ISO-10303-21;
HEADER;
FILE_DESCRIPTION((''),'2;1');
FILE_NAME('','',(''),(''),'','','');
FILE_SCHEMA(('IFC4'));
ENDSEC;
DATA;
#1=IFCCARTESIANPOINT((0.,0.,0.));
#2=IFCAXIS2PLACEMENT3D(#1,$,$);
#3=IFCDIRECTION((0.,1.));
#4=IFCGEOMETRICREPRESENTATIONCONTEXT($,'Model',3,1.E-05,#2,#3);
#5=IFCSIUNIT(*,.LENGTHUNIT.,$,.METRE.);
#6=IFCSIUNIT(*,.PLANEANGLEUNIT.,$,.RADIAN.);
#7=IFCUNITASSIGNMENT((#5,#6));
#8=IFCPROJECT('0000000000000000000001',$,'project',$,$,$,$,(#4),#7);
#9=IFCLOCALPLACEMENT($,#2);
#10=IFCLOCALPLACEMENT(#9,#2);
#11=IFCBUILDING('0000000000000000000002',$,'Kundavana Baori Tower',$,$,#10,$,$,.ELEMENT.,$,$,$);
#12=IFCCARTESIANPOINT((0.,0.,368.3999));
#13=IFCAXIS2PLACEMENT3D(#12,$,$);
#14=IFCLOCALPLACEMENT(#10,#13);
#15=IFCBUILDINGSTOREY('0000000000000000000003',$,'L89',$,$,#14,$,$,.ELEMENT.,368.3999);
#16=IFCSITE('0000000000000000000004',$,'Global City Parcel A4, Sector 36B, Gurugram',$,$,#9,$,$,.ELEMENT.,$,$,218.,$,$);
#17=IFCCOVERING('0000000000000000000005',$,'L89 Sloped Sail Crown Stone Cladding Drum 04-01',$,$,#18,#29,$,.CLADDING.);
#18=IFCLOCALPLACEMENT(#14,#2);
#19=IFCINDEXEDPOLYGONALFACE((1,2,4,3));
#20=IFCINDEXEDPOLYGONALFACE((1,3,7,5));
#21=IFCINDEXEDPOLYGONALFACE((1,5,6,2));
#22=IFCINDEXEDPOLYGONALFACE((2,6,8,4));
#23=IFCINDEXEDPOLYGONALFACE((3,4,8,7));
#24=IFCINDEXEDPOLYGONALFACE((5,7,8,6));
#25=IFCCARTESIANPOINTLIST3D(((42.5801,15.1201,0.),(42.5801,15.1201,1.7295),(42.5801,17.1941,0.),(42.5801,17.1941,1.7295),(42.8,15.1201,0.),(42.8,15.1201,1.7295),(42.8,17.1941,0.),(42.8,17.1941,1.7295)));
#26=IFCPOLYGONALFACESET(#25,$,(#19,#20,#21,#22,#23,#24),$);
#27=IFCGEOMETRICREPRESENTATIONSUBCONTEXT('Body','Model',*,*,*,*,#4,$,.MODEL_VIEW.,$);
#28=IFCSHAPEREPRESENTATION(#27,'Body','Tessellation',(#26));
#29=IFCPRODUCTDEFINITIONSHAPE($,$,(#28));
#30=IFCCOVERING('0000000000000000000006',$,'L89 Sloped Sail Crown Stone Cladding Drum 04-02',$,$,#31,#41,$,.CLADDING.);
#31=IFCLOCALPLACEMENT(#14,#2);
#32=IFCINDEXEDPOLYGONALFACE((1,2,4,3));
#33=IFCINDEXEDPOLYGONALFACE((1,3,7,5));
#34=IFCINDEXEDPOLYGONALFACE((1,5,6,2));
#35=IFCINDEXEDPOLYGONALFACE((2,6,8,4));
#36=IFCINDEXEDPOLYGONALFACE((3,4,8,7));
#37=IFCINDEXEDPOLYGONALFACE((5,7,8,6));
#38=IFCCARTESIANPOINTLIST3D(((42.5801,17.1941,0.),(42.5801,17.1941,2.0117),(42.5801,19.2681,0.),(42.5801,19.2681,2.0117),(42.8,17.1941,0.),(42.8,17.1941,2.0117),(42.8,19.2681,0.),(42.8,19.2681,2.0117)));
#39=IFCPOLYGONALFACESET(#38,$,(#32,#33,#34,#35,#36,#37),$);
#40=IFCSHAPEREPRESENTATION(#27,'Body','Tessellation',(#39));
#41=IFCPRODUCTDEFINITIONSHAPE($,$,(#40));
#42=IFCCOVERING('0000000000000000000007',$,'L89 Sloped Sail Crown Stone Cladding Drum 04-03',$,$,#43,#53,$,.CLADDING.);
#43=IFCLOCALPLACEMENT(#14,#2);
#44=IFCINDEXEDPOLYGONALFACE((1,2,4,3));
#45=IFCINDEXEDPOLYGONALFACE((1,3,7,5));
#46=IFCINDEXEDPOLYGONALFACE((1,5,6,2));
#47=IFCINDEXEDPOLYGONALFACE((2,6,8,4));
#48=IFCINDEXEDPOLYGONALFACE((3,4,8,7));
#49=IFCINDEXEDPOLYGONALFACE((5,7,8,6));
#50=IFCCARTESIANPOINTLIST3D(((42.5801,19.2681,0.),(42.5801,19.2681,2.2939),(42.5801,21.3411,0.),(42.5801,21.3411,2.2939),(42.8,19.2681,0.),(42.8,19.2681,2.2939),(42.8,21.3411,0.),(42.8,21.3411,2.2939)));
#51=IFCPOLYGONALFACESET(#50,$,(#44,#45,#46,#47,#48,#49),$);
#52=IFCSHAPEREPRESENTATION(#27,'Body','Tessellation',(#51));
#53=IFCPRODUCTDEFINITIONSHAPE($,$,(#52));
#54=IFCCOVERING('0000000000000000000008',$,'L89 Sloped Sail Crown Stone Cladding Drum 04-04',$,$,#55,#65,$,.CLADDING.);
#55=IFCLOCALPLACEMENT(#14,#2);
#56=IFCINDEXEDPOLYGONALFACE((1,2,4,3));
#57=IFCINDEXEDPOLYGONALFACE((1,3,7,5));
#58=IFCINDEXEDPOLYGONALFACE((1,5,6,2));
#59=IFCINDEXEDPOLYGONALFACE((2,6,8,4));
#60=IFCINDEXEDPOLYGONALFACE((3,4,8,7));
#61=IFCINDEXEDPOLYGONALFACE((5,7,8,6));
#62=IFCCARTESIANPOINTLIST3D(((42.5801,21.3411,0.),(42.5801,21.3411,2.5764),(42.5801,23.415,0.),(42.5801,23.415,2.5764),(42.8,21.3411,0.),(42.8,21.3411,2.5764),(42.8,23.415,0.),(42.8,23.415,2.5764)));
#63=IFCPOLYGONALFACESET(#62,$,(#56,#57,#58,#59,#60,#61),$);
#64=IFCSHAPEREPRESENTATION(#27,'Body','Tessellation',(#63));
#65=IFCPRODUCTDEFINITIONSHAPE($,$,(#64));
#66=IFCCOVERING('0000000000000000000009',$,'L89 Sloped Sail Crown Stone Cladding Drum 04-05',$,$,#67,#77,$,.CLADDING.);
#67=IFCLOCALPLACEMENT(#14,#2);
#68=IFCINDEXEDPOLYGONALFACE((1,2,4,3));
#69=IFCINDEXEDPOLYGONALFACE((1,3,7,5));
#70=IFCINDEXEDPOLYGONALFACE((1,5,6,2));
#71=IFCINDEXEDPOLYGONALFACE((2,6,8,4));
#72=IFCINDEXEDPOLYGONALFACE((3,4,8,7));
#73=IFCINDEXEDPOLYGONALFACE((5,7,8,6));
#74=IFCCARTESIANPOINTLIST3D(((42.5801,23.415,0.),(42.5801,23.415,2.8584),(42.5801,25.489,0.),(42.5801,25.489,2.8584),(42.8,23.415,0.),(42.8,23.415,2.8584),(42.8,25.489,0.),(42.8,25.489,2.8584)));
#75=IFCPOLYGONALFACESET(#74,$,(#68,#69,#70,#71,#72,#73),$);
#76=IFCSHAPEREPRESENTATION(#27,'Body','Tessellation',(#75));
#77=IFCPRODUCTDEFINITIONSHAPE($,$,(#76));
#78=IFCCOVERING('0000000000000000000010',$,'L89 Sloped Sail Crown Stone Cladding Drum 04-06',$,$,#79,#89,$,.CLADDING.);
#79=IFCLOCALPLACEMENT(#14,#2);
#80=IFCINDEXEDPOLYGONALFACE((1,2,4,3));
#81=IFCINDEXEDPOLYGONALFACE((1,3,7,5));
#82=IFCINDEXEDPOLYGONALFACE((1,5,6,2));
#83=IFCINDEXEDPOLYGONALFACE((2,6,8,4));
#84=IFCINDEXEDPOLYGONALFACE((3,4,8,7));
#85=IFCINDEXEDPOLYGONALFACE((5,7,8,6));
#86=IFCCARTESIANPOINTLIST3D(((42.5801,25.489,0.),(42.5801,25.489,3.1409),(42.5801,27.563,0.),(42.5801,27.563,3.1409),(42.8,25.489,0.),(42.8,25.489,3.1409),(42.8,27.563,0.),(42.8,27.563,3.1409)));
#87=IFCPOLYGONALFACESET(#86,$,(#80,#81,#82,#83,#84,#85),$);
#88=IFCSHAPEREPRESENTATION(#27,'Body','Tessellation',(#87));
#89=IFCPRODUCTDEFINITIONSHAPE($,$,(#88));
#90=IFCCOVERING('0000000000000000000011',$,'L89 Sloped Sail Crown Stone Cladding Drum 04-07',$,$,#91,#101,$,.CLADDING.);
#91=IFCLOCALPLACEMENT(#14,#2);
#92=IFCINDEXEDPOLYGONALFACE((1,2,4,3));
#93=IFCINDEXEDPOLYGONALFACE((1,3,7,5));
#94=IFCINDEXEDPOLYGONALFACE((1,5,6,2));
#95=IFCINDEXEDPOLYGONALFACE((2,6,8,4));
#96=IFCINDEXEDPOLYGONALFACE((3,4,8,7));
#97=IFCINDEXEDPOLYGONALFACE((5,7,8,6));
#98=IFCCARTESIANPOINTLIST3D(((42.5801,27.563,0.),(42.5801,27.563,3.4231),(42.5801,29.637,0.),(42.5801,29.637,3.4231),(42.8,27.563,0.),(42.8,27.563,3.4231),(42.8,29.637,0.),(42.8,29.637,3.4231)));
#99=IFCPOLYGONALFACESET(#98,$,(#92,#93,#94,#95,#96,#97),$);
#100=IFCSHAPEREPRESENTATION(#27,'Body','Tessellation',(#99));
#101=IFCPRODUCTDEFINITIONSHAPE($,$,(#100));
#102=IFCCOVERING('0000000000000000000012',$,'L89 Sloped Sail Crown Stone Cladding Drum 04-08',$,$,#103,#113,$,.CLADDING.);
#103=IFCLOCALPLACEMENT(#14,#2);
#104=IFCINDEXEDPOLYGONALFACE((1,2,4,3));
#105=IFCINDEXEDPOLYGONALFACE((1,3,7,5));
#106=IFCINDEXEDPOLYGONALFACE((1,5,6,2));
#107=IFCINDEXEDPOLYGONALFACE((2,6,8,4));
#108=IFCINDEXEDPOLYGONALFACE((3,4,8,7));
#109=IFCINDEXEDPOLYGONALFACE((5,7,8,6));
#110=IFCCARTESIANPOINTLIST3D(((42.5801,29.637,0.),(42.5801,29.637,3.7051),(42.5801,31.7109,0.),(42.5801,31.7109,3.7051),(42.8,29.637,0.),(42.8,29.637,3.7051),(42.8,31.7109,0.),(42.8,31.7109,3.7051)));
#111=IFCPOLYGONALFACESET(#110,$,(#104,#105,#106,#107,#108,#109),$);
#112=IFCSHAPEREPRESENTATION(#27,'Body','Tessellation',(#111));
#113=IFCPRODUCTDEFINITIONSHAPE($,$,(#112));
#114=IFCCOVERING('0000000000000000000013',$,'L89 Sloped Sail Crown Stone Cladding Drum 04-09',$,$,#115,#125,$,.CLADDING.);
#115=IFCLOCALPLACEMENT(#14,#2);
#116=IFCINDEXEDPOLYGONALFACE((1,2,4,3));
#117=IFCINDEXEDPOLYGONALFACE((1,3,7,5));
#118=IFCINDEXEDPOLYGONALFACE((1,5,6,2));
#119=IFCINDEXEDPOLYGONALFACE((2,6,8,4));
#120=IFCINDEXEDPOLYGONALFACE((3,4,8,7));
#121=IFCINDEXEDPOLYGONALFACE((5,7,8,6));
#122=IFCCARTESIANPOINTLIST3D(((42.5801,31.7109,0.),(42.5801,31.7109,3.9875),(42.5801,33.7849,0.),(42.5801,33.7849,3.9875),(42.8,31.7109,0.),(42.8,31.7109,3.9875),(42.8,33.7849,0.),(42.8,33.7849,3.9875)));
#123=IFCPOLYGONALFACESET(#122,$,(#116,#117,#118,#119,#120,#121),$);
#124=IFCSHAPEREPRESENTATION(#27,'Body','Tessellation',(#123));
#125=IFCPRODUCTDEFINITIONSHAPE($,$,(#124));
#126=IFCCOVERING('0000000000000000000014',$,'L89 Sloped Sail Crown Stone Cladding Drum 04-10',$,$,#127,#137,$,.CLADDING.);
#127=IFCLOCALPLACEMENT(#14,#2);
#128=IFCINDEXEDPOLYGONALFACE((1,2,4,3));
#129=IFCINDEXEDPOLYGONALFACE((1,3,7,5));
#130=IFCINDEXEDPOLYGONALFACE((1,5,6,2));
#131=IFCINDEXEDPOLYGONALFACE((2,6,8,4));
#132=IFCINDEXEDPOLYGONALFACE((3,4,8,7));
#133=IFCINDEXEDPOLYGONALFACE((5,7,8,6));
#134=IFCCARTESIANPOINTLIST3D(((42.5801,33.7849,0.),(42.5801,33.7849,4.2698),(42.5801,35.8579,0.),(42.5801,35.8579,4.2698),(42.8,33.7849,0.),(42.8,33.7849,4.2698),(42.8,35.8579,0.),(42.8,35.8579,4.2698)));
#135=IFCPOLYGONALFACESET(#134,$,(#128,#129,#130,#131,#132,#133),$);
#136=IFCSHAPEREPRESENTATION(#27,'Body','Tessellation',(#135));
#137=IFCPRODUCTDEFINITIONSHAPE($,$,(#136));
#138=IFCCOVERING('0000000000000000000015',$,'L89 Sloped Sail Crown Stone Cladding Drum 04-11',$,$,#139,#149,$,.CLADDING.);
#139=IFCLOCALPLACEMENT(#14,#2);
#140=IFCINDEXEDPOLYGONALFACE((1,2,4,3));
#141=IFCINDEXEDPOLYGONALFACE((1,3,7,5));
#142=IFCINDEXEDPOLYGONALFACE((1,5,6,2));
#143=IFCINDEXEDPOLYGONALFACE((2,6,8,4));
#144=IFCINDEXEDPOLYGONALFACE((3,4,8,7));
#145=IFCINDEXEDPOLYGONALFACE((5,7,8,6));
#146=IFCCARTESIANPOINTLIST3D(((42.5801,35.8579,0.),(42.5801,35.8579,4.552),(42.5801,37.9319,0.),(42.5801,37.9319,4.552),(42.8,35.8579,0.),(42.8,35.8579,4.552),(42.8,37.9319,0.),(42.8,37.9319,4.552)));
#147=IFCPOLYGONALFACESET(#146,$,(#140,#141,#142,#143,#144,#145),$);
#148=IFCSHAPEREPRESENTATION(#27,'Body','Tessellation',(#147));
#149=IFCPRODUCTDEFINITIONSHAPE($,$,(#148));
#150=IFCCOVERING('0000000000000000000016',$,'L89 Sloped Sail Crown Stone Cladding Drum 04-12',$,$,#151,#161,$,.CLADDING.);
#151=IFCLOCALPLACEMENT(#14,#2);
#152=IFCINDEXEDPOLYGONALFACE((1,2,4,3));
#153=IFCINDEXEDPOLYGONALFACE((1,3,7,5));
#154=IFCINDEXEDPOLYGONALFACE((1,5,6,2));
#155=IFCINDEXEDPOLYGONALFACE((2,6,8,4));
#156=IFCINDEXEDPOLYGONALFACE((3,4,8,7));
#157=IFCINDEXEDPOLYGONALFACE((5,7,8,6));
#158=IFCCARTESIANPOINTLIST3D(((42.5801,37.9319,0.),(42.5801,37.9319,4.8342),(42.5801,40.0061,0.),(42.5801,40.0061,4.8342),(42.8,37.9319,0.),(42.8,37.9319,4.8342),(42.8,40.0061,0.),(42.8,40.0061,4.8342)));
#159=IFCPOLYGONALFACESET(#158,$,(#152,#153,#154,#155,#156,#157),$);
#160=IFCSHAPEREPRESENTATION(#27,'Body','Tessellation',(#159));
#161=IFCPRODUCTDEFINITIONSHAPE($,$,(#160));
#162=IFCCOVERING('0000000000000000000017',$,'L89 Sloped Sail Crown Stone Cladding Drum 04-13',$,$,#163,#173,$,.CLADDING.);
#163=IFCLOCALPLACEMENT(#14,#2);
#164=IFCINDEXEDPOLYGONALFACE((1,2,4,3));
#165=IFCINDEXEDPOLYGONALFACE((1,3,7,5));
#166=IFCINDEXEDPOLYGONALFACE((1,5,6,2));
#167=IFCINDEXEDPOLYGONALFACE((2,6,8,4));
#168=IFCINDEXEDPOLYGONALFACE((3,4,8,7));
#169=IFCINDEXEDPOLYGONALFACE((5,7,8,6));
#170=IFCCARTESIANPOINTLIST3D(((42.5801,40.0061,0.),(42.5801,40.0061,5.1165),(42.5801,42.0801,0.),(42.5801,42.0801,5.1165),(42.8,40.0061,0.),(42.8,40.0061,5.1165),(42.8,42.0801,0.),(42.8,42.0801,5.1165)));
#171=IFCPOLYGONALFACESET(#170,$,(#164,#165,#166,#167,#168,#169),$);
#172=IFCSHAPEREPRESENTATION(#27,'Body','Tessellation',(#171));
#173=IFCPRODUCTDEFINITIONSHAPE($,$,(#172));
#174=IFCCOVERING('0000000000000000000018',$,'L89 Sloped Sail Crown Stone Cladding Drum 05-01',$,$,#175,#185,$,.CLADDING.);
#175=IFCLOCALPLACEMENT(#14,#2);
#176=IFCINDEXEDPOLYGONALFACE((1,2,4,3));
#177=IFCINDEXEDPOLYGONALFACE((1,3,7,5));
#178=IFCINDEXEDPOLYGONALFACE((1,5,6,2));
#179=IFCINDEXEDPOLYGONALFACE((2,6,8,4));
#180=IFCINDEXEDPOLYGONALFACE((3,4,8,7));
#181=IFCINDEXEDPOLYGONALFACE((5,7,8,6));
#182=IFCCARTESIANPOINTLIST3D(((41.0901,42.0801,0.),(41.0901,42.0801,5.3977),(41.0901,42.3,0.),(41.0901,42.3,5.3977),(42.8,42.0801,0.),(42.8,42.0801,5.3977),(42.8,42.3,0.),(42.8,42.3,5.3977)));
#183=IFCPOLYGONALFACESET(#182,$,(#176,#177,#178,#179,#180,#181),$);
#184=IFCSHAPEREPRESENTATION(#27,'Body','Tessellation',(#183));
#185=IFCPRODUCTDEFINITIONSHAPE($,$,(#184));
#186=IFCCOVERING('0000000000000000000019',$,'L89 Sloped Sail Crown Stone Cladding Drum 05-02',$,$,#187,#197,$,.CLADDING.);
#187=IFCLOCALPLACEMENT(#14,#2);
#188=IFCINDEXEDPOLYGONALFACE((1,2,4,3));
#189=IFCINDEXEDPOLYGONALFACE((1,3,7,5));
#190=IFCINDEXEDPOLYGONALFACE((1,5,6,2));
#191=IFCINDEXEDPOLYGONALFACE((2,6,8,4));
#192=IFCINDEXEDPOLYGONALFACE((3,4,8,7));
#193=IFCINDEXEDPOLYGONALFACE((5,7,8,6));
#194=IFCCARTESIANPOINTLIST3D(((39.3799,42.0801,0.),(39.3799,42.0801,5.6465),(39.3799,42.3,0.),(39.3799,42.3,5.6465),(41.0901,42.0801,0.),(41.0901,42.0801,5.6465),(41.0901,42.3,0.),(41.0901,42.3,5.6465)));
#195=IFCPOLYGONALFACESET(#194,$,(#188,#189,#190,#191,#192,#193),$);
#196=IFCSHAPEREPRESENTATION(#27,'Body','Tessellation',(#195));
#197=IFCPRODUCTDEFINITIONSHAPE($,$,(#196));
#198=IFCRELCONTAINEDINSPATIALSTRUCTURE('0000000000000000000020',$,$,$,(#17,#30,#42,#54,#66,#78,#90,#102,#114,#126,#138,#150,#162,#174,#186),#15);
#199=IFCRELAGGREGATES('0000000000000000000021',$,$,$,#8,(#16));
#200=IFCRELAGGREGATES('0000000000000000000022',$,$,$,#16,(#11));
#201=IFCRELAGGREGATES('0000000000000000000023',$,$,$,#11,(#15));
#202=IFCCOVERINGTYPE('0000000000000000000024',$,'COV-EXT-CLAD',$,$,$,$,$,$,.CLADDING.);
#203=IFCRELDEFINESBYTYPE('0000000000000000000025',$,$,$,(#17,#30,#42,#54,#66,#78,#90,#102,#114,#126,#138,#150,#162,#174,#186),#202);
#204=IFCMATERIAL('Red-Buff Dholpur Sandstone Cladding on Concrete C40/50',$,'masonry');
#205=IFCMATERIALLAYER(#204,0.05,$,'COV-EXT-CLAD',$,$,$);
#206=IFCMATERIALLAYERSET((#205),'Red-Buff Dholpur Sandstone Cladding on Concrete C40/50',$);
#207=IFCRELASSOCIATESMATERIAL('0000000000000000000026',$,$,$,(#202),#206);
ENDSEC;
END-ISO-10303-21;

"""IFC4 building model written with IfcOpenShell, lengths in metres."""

from ifc_helpers import new_model, si_unit, direction, frame, origin, place, context, subcontext, project, spatial, polyline, outline, extrude, material, layer, layer_set, type_object, element, save


model = new_model("IFC4")

# Units and contexts
model_context = context("Model", 3, precision=1e-05, world=origin(), true_north=direction((0.0, 1.0)))
body_context = subcontext(model_context, "Body", "Model", "MODEL_VIEW")
ifc_project = project(units=[si_unit("LENGTHUNIT", "METRE"), si_unit("PLANEANGLEUNIT", "RADIAN")], contexts=[model_context])

# Site, building, storey
site_placement = place(None, origin())
site = spatial("IfcSite", under=ifc_project, at=site_placement, Name="Global City Parcel A4, Sector 36B, Gurugram", CompositionType="ELEMENT", RefElevation=218.0)
building_placement = place(site_placement, origin())
building = spatial("IfcBuilding", under=site, at=building_placement, Name="Kundavana Baori Tower", CompositionType="ELEMENT")
storey_placement = place(building_placement, frame((0.0, 0.0, 368.3999)))
storey = spatial("IfcBuildingStorey", under=building, at=storey_placement, Name="L89", CompositionType="ELEMENT", Elevation=368.3999)

# Coverings
ifc_material = material(Name="Red-Buff Dholpur Sandstone Cladding on Concrete C40/50", Category="masonry")
ifc_layer = layer(ifc_material, 0.05, Name="COV-EXT-CLAD")
ifc_layer_set = layer_set([ifc_layer], Name="Red-Buff Dholpur Sandstone Cladding on Concrete C40/50")
covering_type = type_object("IfcCoveringType", Name="COV-EXT-CLAD", PredefinedType="CLADDING", material=ifc_layer_set)
covering_1_placement = place(storey_placement, origin())
element("IfcCovering", 1, at=covering_1_placement, inside=storey, type_object=covering_type, Name="L89 Sloped Sail Crown Stone Cladding Drum 04-01", PredefinedType="CLADDING", context=body_context, shape_type="SweptSolid", body=[
    extrude(outline(polyline([(42.5801, 15.1201), (42.8, 15.1201), (42.8, 17.1941), (42.5801, 17.1941), (42.5801, 15.1201)])), origin(), (0.0, 0.0, 1.0), 1.7295),
])
covering_2_placement = place(storey_placement, origin())
element("IfcCovering", 2, at=covering_2_placement, inside=storey, type_object=covering_type, Name="L89 Sloped Sail Crown Stone Cladding Drum 04-02", PredefinedType="CLADDING", context=body_context, shape_type="SweptSolid", body=[
    extrude(outline(polyline([(42.5801, 17.1941), (42.8, 17.1941), (42.8, 19.2681), (42.5801, 19.2681), (42.5801, 17.1941)])), origin(), (0.0, 0.0, 1.0), 2.0117),
])
covering_3_placement = place(storey_placement, origin())
element("IfcCovering", 3, at=covering_3_placement, inside=storey, type_object=covering_type, Name="L89 Sloped Sail Crown Stone Cladding Drum 04-03", PredefinedType="CLADDING", context=body_context, shape_type="SweptSolid", body=[
    extrude(outline(polyline([(42.5801, 19.2681), (42.8, 19.2681), (42.8, 21.3411), (42.5801, 21.3411), (42.5801, 19.2681)])), origin(), (0.0, 0.0, 1.0), 2.2939),
])
covering_4_placement = place(storey_placement, origin())
element("IfcCovering", 4, at=covering_4_placement, inside=storey, type_object=covering_type, Name="L89 Sloped Sail Crown Stone Cladding Drum 04-04", PredefinedType="CLADDING", context=body_context, shape_type="SweptSolid", body=[
    extrude(outline(polyline([(42.5801, 21.3411), (42.8, 21.3411), (42.8, 23.415), (42.5801, 23.415), (42.5801, 21.3411)])), origin(), (0.0, 0.0, 1.0), 2.5764),
])
covering_5_placement = place(storey_placement, origin())
element("IfcCovering", 5, at=covering_5_placement, inside=storey, type_object=covering_type, Name="L89 Sloped Sail Crown Stone Cladding Drum 04-05", PredefinedType="CLADDING", context=body_context, shape_type="SweptSolid", body=[
    extrude(outline(polyline([(42.5801, 23.415), (42.8, 23.415), (42.8, 25.489), (42.5801, 25.489), (42.5801, 23.415)])), origin(), (0.0, 0.0, 1.0), 2.8584),
])
covering_6_placement = place(storey_placement, origin())
element("IfcCovering", 6, at=covering_6_placement, inside=storey, type_object=covering_type, Name="L89 Sloped Sail Crown Stone Cladding Drum 04-06", PredefinedType="CLADDING", context=body_context, shape_type="SweptSolid", body=[
    extrude(outline(polyline([(42.5801, 25.489), (42.8, 25.489), (42.8, 27.563), (42.5801, 27.563), (42.5801, 25.489)])), origin(), (0.0, 0.0, 1.0), 3.1409),
])
covering_7_placement = place(storey_placement, origin())
element("IfcCovering", 7, at=covering_7_placement, inside=storey, type_object=covering_type, Name="L89 Sloped Sail Crown Stone Cladding Drum 04-07", PredefinedType="CLADDING", context=body_context, shape_type="SweptSolid", body=[
    extrude(outline(polyline([(42.5801, 27.563), (42.8, 27.563), (42.8, 29.637), (42.5801, 29.637), (42.5801, 27.563)])), origin(), (0.0, 0.0, 1.0), 3.4231),
])
covering_8_placement = place(storey_placement, origin())
element("IfcCovering", 8, at=covering_8_placement, inside=storey, type_object=covering_type, Name="L89 Sloped Sail Crown Stone Cladding Drum 04-08", PredefinedType="CLADDING", context=body_context, shape_type="SweptSolid", body=[
    extrude(outline(polyline([(42.5801, 29.637), (42.8, 29.637), (42.8, 31.7109), (42.5801, 31.7109), (42.5801, 29.637)])), origin(), (0.0, 0.0, 1.0), 3.7051),
])
covering_9_placement = place(storey_placement, origin())
element("IfcCovering", 9, at=covering_9_placement, inside=storey, type_object=covering_type, Name="L89 Sloped Sail Crown Stone Cladding Drum 04-09", PredefinedType="CLADDING", context=body_context, shape_type="SweptSolid", body=[
    extrude(outline(polyline([(42.5801, 31.7109), (42.8, 31.7109), (42.8, 33.7849), (42.5801, 33.7849), (42.5801, 31.7109)])), origin(), (0.0, 0.0, 1.0), 3.9875),
])
covering_10_placement = place(storey_placement, origin())
element("IfcCovering", 10, at=covering_10_placement, inside=storey, type_object=covering_type, Name="L89 Sloped Sail Crown Stone Cladding Drum 04-10", PredefinedType="CLADDING", context=body_context, shape_type="SweptSolid", body=[
    extrude(outline(polyline([(42.5801, 33.7849), (42.8, 33.7849), (42.8, 35.8579), (42.5801, 35.8579), (42.5801, 33.7849)])), origin(), (0.0, 0.0, 1.0), 4.2698),
])
covering_11_placement = place(storey_placement, origin())
element("IfcCovering", 11, at=covering_11_placement, inside=storey, type_object=covering_type, Name="L89 Sloped Sail Crown Stone Cladding Drum 04-11", PredefinedType="CLADDING", context=body_context, shape_type="SweptSolid", body=[
    extrude(outline(polyline([(42.5801, 35.8579), (42.8, 35.8579), (42.8, 37.9319), (42.5801, 37.9319), (42.5801, 35.8579)])), origin(), (0.0, 0.0, 1.0), 4.552),
])
covering_12_placement = place(storey_placement, origin())
element("IfcCovering", 12, at=covering_12_placement, inside=storey, type_object=covering_type, Name="L89 Sloped Sail Crown Stone Cladding Drum 04-12", PredefinedType="CLADDING", context=body_context, shape_type="SweptSolid", body=[
    extrude(outline(polyline([(42.5801, 37.9319), (42.8, 37.9319), (42.8, 40.0061), (42.5801, 40.0061), (42.5801, 37.9319)])), origin(), (0.0, 0.0, 1.0), 4.8342),
])
covering_13_placement = place(storey_placement, origin())
element("IfcCovering", 13, at=covering_13_placement, inside=storey, type_object=covering_type, Name="L89 Sloped Sail Crown Stone Cladding Drum 04-13", PredefinedType="CLADDING", context=body_context, shape_type="SweptSolid", body=[
    extrude(outline(polyline([(42.5801, 40.0061), (42.8, 40.0061), (42.8, 42.0801), (42.5801, 42.0801), (42.5801, 40.0061)])), origin(), (0.0, 0.0, 1.0), 5.1165),
])
covering_14_placement = place(storey_placement, origin())
element("IfcCovering", 14, at=covering_14_placement, inside=storey, type_object=covering_type, Name="L89 Sloped Sail Crown Stone Cladding Drum 05-01", PredefinedType="CLADDING", context=body_context, shape_type="SweptSolid", body=[
    extrude(outline(polyline([(41.0901, 42.0801), (42.8, 42.0801), (42.8, 42.3), (41.0901, 42.3), (41.0901, 42.0801)])), origin(), (0.0, 0.0, 1.0), 5.3977),
])
covering_15_placement = place(storey_placement, origin())
element("IfcCovering", 15, at=covering_15_placement, inside=storey, type_object=covering_type, Name="L89 Sloped Sail Crown Stone Cladding Drum 05-02", PredefinedType="CLADDING", context=body_context, shape_type="SweptSolid", body=[
    extrude(outline(polyline([(39.3799, 42.0801), (41.0901, 42.0801), (41.0901, 42.3), (39.3799, 42.3), (39.3799, 42.0801)])), origin(), (0.0, 0.0, 1.0), 5.6465),
])

save(model, "model.ifc")
